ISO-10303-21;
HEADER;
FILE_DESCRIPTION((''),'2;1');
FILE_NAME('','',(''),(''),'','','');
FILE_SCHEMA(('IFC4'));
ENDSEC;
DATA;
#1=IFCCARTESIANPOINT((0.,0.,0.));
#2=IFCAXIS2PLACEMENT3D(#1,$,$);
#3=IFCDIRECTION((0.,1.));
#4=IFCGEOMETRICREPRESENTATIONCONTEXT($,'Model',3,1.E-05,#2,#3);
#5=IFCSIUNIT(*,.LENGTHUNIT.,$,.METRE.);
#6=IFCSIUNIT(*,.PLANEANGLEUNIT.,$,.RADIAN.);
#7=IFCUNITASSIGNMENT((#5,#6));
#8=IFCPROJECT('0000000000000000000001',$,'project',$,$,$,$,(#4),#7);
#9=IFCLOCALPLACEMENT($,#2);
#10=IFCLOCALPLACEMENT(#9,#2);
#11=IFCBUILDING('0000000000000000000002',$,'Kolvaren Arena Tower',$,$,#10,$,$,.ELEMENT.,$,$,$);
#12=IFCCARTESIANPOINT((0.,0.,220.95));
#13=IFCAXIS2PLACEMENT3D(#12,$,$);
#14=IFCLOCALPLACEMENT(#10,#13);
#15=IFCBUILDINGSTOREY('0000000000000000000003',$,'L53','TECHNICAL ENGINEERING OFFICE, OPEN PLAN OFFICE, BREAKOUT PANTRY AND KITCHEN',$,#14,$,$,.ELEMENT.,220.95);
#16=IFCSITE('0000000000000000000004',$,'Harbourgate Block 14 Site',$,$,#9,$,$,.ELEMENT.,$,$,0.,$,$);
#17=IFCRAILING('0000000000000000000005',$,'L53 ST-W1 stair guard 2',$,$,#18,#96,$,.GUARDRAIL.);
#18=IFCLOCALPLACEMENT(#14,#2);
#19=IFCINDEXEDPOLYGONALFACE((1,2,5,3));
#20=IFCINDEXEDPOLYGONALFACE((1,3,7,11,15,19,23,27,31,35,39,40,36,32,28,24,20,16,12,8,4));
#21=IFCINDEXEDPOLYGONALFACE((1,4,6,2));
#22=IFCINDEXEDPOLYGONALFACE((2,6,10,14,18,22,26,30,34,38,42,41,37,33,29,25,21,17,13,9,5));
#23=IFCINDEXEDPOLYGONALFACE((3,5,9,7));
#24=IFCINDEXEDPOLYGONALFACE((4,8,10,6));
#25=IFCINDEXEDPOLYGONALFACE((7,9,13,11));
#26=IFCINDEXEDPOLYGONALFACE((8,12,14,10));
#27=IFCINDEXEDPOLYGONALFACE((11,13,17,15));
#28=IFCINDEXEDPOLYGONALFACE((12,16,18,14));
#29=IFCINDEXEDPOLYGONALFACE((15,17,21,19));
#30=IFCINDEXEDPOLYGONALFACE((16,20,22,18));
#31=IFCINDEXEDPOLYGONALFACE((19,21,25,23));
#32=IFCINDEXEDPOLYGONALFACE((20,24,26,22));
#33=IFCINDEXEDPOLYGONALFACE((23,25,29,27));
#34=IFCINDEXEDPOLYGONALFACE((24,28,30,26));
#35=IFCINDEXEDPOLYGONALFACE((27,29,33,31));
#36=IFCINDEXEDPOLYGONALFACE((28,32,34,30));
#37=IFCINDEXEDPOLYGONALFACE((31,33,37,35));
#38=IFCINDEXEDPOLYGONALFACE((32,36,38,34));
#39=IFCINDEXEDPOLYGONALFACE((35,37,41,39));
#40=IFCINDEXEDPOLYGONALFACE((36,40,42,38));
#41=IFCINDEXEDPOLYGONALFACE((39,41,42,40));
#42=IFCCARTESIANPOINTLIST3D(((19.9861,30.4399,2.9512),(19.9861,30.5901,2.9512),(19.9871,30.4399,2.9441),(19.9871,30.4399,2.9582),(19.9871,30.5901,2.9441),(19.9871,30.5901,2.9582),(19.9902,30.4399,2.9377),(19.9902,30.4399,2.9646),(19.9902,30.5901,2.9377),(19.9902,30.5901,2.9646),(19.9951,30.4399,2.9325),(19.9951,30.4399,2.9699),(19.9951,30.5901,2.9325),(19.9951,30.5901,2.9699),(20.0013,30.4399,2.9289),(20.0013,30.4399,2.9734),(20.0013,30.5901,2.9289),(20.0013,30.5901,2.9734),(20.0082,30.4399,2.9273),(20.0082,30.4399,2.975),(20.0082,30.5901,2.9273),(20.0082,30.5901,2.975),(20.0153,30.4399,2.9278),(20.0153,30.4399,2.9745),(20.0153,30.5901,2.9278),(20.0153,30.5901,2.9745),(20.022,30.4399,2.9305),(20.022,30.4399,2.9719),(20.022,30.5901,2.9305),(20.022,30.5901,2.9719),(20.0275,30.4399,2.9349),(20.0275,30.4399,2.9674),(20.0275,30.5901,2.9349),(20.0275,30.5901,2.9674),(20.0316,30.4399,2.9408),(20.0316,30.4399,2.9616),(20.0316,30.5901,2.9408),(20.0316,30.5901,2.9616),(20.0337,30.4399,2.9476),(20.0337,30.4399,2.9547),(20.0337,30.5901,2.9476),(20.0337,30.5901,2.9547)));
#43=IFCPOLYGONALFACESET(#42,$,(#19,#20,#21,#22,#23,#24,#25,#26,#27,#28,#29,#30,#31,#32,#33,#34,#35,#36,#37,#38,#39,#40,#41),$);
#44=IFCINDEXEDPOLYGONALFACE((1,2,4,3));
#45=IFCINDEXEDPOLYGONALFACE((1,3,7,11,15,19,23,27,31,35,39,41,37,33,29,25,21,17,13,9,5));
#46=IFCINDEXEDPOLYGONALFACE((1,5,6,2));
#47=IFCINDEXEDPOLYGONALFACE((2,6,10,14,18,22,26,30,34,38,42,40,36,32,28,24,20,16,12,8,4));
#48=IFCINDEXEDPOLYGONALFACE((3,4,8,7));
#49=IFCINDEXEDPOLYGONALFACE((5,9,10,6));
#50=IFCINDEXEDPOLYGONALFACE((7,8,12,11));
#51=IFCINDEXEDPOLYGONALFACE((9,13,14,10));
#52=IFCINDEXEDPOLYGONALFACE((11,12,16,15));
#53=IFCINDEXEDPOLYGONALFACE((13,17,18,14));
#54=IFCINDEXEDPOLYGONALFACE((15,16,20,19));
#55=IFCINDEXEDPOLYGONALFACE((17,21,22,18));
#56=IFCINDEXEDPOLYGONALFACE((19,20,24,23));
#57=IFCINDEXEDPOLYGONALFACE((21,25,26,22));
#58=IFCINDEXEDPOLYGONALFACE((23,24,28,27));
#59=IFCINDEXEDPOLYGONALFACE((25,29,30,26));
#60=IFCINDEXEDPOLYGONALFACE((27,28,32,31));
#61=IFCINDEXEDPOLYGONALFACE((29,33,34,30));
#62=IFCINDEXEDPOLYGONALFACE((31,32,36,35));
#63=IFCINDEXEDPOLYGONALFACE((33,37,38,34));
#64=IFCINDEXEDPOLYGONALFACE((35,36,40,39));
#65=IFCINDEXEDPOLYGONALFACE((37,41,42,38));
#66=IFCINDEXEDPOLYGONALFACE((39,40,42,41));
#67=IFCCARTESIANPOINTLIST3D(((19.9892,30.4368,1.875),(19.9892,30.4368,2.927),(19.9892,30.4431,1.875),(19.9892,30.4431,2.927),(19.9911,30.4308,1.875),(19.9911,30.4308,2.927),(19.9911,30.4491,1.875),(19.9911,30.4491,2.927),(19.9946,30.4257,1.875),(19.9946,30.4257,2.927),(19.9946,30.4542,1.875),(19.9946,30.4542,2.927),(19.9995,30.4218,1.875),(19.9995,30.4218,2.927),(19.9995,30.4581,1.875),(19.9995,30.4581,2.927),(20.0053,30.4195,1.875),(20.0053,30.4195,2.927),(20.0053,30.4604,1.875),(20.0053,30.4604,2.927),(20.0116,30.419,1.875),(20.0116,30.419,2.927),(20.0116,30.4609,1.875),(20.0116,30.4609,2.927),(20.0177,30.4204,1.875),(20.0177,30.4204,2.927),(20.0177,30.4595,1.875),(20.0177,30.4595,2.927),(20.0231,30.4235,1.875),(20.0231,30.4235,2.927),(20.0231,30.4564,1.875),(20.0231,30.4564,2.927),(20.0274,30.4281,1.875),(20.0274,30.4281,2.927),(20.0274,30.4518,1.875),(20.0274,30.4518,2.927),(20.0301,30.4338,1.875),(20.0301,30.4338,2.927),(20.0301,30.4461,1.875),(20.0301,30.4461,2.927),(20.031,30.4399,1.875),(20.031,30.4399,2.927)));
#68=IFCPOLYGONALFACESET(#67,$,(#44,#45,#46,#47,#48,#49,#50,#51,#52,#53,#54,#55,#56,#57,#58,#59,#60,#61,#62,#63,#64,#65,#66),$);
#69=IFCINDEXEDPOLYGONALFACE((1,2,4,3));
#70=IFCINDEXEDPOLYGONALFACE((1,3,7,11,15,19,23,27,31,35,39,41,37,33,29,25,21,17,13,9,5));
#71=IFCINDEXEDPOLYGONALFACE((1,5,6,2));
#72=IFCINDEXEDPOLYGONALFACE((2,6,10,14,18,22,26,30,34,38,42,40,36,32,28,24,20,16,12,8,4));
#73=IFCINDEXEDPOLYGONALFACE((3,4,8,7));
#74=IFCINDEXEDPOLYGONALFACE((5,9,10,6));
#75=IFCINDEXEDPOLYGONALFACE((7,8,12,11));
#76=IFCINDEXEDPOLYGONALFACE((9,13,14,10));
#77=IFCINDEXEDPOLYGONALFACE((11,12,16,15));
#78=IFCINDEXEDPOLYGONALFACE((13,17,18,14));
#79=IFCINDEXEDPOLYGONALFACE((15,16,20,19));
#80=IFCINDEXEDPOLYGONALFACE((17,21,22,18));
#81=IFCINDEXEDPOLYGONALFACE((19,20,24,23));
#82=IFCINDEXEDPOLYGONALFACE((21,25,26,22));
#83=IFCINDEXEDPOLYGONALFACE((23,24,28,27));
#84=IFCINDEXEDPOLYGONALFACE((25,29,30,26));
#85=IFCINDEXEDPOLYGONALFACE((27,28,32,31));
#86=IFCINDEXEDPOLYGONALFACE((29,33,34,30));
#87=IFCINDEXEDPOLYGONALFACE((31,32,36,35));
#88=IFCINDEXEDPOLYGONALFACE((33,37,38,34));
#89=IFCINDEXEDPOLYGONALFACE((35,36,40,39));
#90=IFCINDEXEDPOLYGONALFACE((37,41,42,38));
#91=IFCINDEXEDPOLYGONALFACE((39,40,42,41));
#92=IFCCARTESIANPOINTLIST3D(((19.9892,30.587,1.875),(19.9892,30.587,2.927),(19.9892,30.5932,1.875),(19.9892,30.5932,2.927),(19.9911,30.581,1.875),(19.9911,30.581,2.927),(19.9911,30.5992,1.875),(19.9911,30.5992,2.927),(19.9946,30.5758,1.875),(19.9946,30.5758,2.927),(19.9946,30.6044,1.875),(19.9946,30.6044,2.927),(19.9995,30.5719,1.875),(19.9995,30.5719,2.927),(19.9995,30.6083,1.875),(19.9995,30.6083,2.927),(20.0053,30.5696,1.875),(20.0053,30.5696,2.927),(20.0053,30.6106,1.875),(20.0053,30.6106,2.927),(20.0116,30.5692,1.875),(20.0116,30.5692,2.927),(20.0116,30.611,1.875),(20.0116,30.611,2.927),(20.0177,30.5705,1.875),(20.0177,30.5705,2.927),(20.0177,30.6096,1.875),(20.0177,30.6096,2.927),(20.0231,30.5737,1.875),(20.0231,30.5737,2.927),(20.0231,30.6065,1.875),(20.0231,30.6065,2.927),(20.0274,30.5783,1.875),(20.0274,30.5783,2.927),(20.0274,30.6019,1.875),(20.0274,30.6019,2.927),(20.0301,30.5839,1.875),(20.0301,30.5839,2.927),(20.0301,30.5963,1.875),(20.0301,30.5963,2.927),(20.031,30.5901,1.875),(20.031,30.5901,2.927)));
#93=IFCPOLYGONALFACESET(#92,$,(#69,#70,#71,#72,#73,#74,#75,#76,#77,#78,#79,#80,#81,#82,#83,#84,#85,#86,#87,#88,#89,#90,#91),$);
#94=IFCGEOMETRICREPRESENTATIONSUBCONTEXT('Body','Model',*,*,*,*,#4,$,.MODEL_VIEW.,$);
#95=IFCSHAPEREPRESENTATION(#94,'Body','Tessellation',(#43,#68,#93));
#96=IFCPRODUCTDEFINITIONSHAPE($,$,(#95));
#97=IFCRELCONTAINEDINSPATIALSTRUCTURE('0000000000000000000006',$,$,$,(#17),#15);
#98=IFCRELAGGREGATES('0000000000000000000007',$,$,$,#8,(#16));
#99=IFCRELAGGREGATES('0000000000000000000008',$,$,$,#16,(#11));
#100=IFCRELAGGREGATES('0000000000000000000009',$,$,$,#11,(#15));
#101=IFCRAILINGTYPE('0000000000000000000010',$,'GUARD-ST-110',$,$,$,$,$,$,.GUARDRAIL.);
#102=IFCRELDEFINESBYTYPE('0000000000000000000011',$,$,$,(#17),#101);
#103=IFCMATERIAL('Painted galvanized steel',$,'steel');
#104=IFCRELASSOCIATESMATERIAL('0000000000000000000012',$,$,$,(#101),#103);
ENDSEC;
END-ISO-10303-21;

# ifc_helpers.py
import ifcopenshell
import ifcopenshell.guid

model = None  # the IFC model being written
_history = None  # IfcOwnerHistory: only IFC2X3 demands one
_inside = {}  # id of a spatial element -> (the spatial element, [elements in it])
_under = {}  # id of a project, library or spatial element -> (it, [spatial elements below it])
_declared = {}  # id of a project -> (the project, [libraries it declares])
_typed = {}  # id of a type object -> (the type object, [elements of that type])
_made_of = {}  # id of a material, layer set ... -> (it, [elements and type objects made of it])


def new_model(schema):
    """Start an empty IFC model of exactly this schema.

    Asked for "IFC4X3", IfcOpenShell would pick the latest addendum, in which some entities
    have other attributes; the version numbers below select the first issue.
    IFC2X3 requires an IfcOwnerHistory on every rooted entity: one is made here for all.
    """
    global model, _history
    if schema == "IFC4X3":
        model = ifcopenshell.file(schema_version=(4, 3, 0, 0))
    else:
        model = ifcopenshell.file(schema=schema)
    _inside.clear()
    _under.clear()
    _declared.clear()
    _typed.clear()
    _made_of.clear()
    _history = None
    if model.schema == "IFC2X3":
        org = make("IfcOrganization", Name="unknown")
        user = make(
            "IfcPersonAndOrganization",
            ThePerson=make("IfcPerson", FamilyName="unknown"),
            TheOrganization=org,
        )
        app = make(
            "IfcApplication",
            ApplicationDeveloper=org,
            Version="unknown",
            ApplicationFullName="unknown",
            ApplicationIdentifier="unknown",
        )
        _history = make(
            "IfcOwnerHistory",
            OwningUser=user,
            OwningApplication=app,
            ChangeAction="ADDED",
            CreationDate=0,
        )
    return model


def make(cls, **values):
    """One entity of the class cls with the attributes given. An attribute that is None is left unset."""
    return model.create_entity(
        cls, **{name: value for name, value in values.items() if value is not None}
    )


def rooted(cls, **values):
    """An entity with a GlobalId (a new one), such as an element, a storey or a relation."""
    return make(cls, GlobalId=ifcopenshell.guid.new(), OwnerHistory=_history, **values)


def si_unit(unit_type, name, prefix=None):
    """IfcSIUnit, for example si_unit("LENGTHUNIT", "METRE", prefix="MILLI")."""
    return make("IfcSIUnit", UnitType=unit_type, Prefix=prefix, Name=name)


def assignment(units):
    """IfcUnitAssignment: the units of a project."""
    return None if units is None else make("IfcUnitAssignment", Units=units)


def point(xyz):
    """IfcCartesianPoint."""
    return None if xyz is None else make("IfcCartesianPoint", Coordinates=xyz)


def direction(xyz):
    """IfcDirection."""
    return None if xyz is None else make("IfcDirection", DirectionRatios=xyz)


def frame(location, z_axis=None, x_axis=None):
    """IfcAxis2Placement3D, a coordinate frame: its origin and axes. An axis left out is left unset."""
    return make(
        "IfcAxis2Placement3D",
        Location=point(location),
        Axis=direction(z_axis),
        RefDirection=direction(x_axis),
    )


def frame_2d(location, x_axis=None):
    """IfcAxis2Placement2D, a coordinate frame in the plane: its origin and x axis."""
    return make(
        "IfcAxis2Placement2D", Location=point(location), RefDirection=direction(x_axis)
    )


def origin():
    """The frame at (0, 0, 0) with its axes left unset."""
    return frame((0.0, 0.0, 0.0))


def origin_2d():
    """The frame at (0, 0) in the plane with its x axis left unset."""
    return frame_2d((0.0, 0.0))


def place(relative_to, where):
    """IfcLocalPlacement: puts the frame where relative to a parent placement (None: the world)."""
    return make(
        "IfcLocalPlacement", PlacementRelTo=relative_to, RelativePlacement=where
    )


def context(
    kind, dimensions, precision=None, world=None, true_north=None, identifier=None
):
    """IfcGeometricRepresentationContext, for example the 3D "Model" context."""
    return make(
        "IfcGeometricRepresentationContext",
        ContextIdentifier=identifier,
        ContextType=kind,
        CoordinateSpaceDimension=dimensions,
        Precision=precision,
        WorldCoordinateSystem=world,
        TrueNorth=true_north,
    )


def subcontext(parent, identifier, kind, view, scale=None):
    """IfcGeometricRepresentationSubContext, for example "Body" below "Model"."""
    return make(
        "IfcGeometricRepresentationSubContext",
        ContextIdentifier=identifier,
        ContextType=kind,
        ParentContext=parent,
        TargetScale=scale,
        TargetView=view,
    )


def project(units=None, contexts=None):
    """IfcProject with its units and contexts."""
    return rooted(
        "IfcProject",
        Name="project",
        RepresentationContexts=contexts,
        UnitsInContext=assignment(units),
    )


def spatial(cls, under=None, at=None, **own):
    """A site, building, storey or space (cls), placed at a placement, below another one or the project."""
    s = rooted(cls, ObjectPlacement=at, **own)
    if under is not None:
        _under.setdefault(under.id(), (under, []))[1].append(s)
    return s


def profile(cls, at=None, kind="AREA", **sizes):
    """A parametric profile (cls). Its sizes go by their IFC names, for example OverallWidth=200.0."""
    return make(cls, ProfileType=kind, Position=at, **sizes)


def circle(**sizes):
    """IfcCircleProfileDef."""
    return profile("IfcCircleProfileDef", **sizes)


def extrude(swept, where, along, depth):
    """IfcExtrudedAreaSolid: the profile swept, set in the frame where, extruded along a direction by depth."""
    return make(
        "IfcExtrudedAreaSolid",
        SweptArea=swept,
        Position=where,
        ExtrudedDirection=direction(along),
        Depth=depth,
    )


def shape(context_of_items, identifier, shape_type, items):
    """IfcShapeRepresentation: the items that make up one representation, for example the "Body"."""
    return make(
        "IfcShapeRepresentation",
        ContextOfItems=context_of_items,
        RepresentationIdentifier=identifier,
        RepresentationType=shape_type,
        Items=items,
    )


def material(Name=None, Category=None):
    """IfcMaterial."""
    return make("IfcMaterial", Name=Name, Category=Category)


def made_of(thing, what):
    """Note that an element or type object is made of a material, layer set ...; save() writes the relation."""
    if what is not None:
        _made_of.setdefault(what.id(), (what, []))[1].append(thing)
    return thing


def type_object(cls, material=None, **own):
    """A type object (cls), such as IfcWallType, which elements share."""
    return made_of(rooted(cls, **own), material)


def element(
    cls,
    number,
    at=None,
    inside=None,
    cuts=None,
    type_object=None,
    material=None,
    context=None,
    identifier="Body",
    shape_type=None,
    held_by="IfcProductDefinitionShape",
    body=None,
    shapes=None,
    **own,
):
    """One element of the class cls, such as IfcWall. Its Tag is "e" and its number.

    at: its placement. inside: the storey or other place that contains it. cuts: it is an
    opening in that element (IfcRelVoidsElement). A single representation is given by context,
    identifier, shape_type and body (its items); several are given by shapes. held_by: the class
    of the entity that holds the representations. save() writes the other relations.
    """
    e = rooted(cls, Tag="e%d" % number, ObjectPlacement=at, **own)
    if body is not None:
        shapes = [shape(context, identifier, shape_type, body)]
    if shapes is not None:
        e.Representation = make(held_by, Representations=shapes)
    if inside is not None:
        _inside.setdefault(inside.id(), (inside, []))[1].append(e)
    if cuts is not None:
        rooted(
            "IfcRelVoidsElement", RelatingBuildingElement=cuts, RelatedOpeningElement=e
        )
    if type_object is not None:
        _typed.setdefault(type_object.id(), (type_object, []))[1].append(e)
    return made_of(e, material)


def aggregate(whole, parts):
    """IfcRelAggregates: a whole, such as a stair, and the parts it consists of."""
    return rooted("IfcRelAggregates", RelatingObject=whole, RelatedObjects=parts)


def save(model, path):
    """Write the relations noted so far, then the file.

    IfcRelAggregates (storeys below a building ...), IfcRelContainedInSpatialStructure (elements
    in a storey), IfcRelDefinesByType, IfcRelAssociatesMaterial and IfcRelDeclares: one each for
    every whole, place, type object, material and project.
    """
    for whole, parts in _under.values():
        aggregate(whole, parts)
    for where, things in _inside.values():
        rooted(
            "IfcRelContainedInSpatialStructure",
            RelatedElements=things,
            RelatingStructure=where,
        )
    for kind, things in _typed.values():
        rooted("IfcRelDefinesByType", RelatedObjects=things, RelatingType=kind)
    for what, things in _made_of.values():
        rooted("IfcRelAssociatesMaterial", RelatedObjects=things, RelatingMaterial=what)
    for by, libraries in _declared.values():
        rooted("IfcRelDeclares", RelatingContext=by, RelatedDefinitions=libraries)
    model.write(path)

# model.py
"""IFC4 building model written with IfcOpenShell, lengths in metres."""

from ifc_helpers import new_model, si_unit, direction, frame, origin, origin_2d, place, context, subcontext, project, spatial, circle, extrude, material, type_object, element, save


model = new_model("IFC4")

# Units and contexts
model_context = context("Model", 3, precision=1e-05, world=origin(), true_north=direction((0.0, 1.0)))
body_context = subcontext(model_context, "Body", "Model", "MODEL_VIEW")
ifc_project = project(units=[si_unit("LENGTHUNIT", "METRE"), si_unit("PLANEANGLEUNIT", "RADIAN")], contexts=[model_context])

# Site, building, storey
site_placement = place(None, origin())
site = spatial("IfcSite", under=ifc_project, at=site_placement, Name="Harbourgate Block 14 Site", CompositionType="ELEMENT", RefElevation=0.0)
building_placement = place(site_placement, origin())
building = spatial("IfcBuilding", under=site, at=building_placement, Name="Kolvaren Arena Tower", CompositionType="ELEMENT")
storey_placement = place(building_placement, frame((0.0, 0.0, 220.95)))
storey = spatial("IfcBuildingStorey", under=building, at=storey_placement, Name="L53", Description="TECHNICAL ENGINEERING OFFICE, OPEN PLAN OFFICE, BREAKOUT PANTRY AND KITCHEN", CompositionType="ELEMENT", Elevation=220.95)

# Railing
ifc_material_1 = material(Name="Painted galvanized steel", Category="steel")
railing_type_1 = type_object("IfcRailingType", Name="GUARD-ST-110", PredefinedType="GUARDRAIL", material=ifc_material_1)
railing_1_placement = place(storey_placement, frame((20.01, 30.4399, 1.875)))
element("IfcRailing", 1, at=railing_1_placement, inside=storey, type_object=railing_type_1, Name="L53 ST-W1 stair guard 2", PredefinedType="GUARDRAIL", context=body_context, shape_type="SweptSolid", body=[
    extrude(circle(Radius=0.0239, at=origin_2d()), frame((0.0, 0.0, 1.0762), z_axis=(0.0, 1.0, 0.0), x_axis=(-1.0, 0.0, 0.0)), (0.0, 0.0, 1.0), 0.1501),
    extrude(circle(Radius=0.021, at=origin_2d()), origin(), (0.0, 0.0, 1.0), 1.052),
    extrude(circle(Radius=0.021, at=origin_2d()), frame((0.0, 0.1501, 0.0)), (0.0, 0.0, 1.0), 1.052),
])

save(model, "model.ifc")
